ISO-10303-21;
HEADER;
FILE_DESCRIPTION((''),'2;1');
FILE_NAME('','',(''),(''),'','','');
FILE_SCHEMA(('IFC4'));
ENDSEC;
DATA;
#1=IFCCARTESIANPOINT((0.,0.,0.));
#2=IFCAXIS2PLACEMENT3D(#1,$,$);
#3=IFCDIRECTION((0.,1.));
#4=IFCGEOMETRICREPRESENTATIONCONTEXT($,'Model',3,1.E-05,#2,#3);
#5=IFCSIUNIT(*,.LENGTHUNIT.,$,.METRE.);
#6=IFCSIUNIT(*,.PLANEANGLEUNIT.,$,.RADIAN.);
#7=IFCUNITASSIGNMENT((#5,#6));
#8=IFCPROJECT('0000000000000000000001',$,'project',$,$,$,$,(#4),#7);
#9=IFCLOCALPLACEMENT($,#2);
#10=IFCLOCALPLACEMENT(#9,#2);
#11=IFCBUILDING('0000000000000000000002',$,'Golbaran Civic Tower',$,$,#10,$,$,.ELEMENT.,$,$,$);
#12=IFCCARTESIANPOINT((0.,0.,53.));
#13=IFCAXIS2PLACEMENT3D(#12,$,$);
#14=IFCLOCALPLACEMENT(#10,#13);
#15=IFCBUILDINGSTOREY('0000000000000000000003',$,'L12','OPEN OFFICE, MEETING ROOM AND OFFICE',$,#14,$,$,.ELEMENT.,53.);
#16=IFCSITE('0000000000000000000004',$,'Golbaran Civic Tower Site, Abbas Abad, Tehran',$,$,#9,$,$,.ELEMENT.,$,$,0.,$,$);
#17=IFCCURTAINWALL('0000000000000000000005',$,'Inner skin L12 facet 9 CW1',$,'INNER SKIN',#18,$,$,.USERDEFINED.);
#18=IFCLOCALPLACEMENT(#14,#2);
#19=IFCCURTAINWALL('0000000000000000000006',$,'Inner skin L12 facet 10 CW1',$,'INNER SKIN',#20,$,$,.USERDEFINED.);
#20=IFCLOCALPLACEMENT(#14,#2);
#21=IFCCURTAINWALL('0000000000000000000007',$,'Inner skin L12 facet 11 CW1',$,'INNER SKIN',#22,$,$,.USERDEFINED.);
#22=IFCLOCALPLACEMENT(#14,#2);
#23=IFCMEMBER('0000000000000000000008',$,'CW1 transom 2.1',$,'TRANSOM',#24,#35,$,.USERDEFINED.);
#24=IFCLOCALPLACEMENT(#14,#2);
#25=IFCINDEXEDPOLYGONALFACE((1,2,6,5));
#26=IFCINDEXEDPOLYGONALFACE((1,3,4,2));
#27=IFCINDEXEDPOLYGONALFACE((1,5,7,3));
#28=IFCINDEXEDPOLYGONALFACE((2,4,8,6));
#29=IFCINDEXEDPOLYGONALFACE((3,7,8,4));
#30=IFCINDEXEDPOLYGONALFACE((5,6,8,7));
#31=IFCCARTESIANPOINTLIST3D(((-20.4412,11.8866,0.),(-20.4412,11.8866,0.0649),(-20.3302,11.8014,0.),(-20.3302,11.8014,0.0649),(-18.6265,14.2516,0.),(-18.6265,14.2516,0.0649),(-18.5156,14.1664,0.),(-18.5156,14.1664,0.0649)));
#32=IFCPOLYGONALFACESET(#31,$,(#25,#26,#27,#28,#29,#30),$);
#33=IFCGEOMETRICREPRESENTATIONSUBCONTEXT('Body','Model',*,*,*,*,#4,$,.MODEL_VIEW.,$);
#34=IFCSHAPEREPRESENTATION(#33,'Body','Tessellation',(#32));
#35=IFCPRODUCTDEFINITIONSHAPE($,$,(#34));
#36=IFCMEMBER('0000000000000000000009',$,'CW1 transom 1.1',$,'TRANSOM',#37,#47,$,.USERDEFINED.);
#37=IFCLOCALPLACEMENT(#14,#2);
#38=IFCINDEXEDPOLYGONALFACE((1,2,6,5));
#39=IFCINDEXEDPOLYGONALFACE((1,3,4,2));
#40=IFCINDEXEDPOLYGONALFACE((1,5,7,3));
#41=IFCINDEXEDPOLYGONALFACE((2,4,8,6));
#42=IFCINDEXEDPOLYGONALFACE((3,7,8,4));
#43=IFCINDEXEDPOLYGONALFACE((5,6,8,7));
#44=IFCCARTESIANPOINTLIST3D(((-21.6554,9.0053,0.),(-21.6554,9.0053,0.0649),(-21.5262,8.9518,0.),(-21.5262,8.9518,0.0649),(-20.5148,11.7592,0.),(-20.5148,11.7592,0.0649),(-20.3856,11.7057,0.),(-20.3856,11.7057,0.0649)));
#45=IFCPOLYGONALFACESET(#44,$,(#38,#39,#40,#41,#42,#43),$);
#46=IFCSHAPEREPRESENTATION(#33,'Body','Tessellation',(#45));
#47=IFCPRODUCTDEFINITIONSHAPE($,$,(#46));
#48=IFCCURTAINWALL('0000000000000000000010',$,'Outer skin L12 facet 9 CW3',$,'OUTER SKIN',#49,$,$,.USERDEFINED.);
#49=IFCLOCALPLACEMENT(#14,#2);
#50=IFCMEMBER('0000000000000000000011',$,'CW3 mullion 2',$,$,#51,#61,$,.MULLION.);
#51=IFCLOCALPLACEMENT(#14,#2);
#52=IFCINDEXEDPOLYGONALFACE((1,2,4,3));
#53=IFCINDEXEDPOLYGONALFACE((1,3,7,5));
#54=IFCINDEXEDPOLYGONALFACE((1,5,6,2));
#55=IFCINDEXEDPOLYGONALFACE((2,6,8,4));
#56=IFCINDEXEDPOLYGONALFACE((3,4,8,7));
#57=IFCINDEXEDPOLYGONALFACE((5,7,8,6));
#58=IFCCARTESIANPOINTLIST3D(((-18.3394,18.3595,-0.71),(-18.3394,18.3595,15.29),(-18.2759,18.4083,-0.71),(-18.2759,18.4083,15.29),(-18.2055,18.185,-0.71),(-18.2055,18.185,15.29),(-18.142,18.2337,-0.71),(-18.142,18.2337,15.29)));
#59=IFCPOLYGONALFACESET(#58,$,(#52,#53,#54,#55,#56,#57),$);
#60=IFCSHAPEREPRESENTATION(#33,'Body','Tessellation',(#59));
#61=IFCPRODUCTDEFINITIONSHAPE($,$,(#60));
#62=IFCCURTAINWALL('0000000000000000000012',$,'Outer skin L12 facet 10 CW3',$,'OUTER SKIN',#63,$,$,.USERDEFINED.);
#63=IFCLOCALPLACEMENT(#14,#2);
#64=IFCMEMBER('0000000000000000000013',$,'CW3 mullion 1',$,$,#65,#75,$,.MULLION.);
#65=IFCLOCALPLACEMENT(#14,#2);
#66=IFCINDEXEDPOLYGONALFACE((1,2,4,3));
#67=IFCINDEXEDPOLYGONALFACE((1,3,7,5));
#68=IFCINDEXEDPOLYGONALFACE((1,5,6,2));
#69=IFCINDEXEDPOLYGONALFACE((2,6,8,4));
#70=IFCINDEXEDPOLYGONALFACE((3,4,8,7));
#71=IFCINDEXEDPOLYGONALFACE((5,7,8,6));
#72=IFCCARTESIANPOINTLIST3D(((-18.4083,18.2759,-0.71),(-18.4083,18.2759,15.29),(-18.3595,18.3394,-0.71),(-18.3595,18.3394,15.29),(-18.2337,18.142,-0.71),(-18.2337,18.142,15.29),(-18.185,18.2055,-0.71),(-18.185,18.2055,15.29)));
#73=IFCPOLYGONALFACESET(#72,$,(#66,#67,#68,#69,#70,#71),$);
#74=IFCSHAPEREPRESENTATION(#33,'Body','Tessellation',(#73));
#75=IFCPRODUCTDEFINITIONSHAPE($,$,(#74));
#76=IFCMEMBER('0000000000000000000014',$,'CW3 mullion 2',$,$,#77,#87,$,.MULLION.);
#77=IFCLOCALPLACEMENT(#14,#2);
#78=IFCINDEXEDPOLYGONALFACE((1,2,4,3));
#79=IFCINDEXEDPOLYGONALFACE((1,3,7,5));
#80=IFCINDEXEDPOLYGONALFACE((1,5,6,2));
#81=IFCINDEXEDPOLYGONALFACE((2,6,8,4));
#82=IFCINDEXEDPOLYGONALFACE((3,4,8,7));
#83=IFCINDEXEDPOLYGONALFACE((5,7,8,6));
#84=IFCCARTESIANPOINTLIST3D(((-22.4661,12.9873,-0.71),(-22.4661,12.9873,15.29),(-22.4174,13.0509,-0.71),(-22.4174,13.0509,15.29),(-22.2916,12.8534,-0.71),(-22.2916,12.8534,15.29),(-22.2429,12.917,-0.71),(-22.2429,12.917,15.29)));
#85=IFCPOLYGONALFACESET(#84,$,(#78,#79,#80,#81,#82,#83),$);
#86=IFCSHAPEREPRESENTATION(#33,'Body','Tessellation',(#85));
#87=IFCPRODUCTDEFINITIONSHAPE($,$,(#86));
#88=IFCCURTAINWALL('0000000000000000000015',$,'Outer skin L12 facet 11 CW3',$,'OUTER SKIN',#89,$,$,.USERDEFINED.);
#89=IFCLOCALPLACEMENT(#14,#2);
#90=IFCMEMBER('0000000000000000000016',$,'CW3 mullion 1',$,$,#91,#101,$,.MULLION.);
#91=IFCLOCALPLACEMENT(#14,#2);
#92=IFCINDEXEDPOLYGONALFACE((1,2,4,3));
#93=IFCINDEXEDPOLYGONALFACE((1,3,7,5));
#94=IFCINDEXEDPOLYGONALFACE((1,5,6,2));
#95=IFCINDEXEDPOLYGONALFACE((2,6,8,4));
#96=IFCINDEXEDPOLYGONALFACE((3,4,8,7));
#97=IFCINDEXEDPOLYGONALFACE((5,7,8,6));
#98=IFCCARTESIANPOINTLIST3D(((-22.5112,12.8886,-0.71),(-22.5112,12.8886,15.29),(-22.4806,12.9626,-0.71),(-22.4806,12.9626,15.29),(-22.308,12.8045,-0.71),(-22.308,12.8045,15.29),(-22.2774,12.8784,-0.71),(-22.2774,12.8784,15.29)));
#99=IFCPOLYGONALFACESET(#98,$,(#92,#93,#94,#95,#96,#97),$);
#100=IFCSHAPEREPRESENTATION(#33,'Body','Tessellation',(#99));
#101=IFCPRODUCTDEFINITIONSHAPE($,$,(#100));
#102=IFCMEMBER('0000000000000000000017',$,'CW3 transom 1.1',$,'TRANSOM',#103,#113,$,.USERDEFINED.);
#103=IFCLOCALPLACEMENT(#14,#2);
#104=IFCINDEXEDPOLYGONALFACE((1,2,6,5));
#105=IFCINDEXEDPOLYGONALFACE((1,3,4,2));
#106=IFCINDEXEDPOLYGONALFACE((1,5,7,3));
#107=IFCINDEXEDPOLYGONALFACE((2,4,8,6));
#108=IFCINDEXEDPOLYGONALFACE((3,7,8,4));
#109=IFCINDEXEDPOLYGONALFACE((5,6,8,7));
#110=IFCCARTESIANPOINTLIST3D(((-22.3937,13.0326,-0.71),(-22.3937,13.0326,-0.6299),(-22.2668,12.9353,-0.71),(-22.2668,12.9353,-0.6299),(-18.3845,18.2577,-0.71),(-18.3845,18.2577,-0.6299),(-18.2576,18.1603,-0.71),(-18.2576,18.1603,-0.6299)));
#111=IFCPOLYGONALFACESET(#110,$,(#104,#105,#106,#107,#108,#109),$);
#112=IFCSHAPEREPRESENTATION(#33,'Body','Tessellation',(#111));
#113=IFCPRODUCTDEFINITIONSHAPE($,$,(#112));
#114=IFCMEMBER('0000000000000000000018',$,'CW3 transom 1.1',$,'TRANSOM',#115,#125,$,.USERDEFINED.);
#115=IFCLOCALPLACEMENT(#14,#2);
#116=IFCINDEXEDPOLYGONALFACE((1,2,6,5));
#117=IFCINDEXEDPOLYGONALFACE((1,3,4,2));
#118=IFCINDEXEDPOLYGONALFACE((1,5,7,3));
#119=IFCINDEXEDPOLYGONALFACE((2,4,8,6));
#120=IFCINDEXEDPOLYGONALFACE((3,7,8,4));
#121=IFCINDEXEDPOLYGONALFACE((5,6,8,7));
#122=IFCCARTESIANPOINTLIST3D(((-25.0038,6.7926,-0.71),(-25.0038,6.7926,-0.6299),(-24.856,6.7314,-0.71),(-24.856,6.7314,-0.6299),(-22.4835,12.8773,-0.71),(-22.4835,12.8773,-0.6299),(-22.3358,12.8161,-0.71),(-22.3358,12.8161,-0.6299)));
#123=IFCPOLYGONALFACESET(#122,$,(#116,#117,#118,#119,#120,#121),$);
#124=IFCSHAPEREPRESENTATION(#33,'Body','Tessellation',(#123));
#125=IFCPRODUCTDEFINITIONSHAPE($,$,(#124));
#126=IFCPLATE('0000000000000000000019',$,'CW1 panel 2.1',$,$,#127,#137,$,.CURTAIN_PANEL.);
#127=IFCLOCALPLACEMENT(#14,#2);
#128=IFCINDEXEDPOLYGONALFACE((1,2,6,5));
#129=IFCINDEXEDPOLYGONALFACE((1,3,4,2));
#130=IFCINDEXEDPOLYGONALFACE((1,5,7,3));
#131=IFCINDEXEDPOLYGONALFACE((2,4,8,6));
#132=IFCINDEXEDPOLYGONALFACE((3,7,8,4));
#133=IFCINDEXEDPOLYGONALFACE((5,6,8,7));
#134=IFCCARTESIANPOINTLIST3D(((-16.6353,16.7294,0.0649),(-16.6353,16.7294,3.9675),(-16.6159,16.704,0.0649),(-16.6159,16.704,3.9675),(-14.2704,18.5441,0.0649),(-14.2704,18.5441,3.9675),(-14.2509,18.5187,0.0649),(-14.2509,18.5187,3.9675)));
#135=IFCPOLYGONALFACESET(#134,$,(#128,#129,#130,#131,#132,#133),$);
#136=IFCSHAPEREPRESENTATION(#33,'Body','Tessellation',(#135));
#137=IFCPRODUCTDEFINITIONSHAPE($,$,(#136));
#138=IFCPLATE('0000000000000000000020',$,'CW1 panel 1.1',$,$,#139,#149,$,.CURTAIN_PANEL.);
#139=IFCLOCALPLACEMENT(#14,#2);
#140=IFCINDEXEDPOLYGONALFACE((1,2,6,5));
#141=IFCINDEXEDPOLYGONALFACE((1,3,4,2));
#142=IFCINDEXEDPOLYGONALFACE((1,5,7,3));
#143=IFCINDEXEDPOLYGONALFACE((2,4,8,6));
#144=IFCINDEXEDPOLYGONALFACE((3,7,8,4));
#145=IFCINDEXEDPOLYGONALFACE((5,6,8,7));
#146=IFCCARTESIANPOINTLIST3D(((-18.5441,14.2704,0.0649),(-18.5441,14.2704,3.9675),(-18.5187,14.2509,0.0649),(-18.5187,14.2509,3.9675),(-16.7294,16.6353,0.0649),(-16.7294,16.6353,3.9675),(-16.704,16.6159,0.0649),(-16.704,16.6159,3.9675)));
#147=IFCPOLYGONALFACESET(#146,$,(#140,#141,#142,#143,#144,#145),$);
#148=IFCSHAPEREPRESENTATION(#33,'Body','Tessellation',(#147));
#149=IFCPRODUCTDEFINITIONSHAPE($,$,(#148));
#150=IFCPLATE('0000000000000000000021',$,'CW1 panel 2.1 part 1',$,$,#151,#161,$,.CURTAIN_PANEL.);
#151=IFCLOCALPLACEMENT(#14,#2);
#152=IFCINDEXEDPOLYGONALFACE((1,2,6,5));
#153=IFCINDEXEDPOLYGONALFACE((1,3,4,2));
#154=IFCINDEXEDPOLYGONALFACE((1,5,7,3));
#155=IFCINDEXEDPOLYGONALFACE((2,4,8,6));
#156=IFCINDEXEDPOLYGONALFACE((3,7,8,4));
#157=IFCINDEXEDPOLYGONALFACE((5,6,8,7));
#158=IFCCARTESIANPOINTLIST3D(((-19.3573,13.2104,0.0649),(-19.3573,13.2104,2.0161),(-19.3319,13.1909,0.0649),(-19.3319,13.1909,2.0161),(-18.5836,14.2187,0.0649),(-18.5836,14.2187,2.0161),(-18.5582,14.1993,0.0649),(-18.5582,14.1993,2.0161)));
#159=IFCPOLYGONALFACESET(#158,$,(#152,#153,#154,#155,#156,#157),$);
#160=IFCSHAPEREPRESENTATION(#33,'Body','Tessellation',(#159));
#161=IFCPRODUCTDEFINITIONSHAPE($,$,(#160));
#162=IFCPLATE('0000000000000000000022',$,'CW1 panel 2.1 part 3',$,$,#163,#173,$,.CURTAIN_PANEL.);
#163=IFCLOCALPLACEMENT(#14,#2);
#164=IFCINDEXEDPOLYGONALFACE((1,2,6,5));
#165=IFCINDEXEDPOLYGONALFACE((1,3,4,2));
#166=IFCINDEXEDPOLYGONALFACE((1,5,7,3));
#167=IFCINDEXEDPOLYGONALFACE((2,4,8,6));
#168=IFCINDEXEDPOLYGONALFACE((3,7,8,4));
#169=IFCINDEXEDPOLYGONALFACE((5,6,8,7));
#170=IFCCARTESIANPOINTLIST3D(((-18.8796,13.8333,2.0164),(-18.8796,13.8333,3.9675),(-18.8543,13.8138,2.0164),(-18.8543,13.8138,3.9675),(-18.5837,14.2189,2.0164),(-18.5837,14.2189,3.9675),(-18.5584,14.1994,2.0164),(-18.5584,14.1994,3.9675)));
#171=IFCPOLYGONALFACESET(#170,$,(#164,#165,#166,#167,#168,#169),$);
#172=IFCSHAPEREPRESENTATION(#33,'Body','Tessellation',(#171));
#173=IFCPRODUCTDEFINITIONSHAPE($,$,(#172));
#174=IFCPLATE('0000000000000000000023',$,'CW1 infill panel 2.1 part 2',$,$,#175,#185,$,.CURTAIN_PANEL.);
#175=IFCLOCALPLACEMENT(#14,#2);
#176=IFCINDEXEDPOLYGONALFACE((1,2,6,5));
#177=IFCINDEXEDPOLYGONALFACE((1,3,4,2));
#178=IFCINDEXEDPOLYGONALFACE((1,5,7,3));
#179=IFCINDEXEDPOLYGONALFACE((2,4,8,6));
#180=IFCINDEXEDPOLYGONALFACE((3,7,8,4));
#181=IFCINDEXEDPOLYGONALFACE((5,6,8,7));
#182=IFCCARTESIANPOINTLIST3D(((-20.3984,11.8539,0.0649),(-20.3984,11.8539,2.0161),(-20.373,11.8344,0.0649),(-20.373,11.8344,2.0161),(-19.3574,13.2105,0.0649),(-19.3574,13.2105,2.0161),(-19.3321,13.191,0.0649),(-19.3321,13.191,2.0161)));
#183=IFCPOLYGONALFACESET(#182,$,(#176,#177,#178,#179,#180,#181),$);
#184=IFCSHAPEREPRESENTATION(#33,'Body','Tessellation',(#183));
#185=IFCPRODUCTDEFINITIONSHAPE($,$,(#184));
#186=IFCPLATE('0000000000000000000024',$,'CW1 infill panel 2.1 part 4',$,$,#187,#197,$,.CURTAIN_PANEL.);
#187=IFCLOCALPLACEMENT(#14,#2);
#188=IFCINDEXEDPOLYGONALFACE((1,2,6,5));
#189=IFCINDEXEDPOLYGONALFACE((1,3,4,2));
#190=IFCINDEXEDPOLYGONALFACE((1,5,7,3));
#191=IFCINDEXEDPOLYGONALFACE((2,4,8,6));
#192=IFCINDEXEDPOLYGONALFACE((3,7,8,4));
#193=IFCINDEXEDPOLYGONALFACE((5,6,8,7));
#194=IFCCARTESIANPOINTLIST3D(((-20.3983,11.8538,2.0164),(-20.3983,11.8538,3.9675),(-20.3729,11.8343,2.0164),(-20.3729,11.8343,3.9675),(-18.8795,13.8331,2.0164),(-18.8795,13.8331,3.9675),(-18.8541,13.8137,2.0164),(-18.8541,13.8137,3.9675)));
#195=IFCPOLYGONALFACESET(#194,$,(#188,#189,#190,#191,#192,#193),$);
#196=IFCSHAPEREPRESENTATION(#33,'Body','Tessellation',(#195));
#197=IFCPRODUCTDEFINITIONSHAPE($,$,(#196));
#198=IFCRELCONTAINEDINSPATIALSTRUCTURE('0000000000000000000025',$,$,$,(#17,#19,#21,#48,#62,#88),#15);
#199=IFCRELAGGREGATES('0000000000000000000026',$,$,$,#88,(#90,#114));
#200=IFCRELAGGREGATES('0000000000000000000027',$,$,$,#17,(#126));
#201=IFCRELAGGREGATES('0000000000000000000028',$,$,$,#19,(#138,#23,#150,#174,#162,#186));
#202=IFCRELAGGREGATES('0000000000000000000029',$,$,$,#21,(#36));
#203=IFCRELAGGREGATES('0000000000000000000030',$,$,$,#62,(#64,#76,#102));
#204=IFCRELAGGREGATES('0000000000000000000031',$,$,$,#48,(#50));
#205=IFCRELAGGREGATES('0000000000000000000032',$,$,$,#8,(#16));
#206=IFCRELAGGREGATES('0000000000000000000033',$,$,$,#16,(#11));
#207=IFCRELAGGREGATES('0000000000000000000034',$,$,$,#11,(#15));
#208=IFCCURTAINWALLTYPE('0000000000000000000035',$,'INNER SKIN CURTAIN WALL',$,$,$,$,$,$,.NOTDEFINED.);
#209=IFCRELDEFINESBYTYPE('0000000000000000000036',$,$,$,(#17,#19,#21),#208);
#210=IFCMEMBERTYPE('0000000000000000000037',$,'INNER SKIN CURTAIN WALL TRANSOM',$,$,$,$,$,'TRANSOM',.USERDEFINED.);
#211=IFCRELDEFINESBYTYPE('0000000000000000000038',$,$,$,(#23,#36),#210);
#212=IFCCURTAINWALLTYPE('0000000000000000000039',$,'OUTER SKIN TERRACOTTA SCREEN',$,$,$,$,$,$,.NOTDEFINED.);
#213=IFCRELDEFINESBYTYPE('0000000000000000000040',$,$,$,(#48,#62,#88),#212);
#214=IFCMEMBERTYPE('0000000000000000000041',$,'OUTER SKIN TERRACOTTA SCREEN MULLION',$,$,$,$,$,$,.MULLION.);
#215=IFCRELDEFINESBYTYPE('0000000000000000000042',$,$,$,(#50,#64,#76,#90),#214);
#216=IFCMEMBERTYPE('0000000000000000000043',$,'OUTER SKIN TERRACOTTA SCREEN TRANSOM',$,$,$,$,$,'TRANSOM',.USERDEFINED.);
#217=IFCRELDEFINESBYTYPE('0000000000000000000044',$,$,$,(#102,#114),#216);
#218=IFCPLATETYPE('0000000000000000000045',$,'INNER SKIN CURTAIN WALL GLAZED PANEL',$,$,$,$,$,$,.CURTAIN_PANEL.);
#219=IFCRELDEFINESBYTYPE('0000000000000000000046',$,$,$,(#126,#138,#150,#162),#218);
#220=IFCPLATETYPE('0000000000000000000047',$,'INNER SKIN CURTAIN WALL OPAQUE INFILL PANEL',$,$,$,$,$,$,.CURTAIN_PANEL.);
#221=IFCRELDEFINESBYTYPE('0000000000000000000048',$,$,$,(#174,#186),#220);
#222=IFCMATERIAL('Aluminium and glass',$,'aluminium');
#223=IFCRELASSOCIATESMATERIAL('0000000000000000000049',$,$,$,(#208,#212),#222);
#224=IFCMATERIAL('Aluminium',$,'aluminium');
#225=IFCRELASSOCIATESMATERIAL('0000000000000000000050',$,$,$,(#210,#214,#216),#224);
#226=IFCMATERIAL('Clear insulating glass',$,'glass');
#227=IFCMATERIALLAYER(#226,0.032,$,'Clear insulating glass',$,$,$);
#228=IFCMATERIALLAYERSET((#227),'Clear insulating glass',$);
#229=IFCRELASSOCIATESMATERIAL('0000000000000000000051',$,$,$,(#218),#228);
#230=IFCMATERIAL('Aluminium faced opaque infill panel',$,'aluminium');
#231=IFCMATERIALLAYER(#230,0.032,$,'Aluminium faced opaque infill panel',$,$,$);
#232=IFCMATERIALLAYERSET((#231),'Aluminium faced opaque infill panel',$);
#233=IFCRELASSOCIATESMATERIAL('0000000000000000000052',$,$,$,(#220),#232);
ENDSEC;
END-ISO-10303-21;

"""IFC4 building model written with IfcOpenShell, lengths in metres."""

from ifc_helpers import new_model, si_unit, direction, frame, origin, origin_2d, place, context, subcontext, project, spatial, rectangle, extrude, material, layer, layer_set, material_profile, profile_set, type_object, element, aggregate, save


model = new_model("IFC4")

# Units and contexts
model_context = context("Model", 3, precision=1e-05, world=origin(), true_north=direction((0.0, 1.0)))
body_context = subcontext(model_context, "Body", "Model", "MODEL_VIEW")
ifc_project = project(units=[si_unit("LENGTHUNIT", "METRE"), si_unit("PLANEANGLEUNIT", "RADIAN")], contexts=[model_context])

# Site, building, storey
site_placement = place(None, origin())
site = spatial("IfcSite", under=ifc_project, at=site_placement, Name="Golbaran Civic Tower Site, Abbas Abad, Tehran", CompositionType="ELEMENT", RefElevation=0.0)
building_placement = place(site_placement, origin())
building = spatial("IfcBuilding", under=site, at=building_placement, Name="Golbaran Civic Tower", CompositionType="ELEMENT")
storey_placement = place(building_placement, frame((0.0, 0.0, 53.0)))
storey = spatial("IfcBuildingStorey", under=building, at=storey_placement, Name="L12", Description="OPEN OFFICE, MEETING ROOM AND OFFICE", CompositionType="ELEMENT", Elevation=53.0)

# Curtain wall
ifc_material_1 = material(Name="Aluminium and glass", Category="aluminium")
curtain_wall_type_1 = type_object("IfcCurtainWallType", Name="INNER SKIN CURTAIN WALL", PredefinedType="NOTDEFINED", material=ifc_material_1)
curtain_wall_1_placement = place(storey_placement, origin())
curtain_wall_1 = element("IfcCurtainWall", 1, at=curtain_wall_1_placement, inside=storey, type_object=curtain_wall_type_1, Name="Inner skin L12 facet 9 CW1", ObjectType="INNER SKIN", PredefinedType="USERDEFINED")
ifc_material_2 = material(Name="Aluminium", Category="aluminium")

# Curtain wall
curtain_wall_2_placement = place(storey_placement, origin())
curtain_wall_2 = element("IfcCurtainWall", 2, at=curtain_wall_2_placement, inside=storey, type_object=curtain_wall_type_1, Name="Inner skin L12 facet 10 CW1", ObjectType="INNER SKIN", PredefinedType="USERDEFINED")

# Curtain wall
curtain_wall_3_placement = place(storey_placement, origin())
curtain_wall_3 = element("IfcCurtainWall", 3, at=curtain_wall_3_placement, inside=storey, type_object=curtain_wall_type_1, Name="Inner skin L12 facet 11 CW1", ObjectType="INNER SKIN", PredefinedType="USERDEFINED")

# Members
ifc_material_profile_1 = material_profile(ifc_material_2, rectangle(XDim=0.1399, YDim=0.0649, at=origin_2d()), Name="INNER SKIN CURTAIN WALL TRANSOM")
ifc_profile_set_1 = profile_set([ifc_material_profile_1], Name="Aluminium")
member_type_1 = type_object("IfcMemberType", Name="INNER SKIN CURTAIN WALL TRANSOM", ElementType="TRANSOM", PredefinedType="USERDEFINED", material=ifc_profile_set_1)
member_1_placement = place(storey_placement, frame((-18.571, 14.209, 0.0325), z_axis=(-0.608756, -0.793357, 0.0), x_axis=(0.793357, -0.608756, 0.0)))
member_1 = element("IfcMember", 4, at=member_1_placement, type_object=member_type_1, Name="CW1 transom 2.1", ObjectType="TRANSOM", PredefinedType="USERDEFINED", context=body_context, shape_type="SweptSolid", body=[
    extrude(rectangle(XDim=0.1399, YDim=0.0649, at=origin_2d()), origin(), (0.0, 0.0, 1.0), 2.981),
])
member_2_placement = place(storey_placement, frame((-20.4502, 11.7324, 0.0325), z_axis=(-0.38266, -0.923889, 0.0), x_axis=(0.923889, -0.38266, 0.0)))
member_2 = element("IfcMember", 5, at=member_2_placement, type_object=member_type_1, Name="CW1 transom 1.1", ObjectType="TRANSOM", PredefinedType="USERDEFINED", context=body_context, shape_type="SweptSolid", body=[
    extrude(rectangle(XDim=0.1399, YDim=0.0649, at=origin_2d()), origin(), (0.0, 0.0, 1.0), 2.9807),
])

# Curtain wall, member
curtain_wall_type_2 = type_object("IfcCurtainWallType", Name="OUTER SKIN TERRACOTTA SCREEN", PredefinedType="NOTDEFINED", material=ifc_material_1)
curtain_wall_4_placement = place(storey_placement, origin())
curtain_wall_4 = element("IfcCurtainWall", 6, at=curtain_wall_4_placement, inside=storey, type_object=curtain_wall_type_2, Name="Outer skin L12 facet 9 CW3", ObjectType="OUTER SKIN", PredefinedType="USERDEFINED")
ifc_material_profile_2 = material_profile(ifc_material_2, rectangle(XDim=0.22, YDim=0.0801, at=origin_2d()), Name="OUTER SKIN TERRACOTTA SCREEN MULLION")
ifc_profile_set_2 = profile_set([ifc_material_profile_2], Name="Aluminium")
member_type_2 = type_object("IfcMemberType", Name="OUTER SKIN TERRACOTTA SCREEN MULLION", PredefinedType="MULLION", material=ifc_profile_set_2)
member_3_placement = place(storey_placement, frame((-18.2407, 18.2966, -0.71), z_axis=(0.0, 0.0, 1.0), x_axis=(0.608761, -0.793353, 0.0)))
member_3 = element("IfcMember", 7, at=member_3_placement, type_object=member_type_2, Name="CW3 mullion 2", PredefinedType="MULLION", context=body_context, shape_type="SweptSolid", body=[
    extrude(rectangle(XDim=0.22, YDim=0.0801, at=origin_2d()), origin(), (0.0, 0.0, 1.0), 16.0),
])

# Curtain wall, members
curtain_wall_5_placement = place(storey_placement, origin())
curtain_wall_5 = element("IfcCurtainWall", 8, at=curtain_wall_5_placement, inside=storey, type_object=curtain_wall_type_2, Name="Outer skin L12 facet 10 CW3", ObjectType="OUTER SKIN", PredefinedType="USERDEFINED")
member_4_placement = place(storey_placement, frame((-18.2966, 18.2407, -0.71), z_axis=(0.0, 0.0, 1.0), x_axis=(0.793353, -0.608761, 0.0)))
member_4 = element("IfcMember", 9, at=member_4_placement, type_object=member_type_2, Name="CW3 mullion 1", PredefinedType="MULLION", context=body_context, shape_type="SweptSolid", body=[
    extrude(rectangle(XDim=0.22, YDim=0.0801, at=origin_2d()), origin(), (0.0, 0.0, 1.0), 16.0),
])
member_5_placement = place(storey_placement, frame((-22.3545, 12.9521, -0.71), z_axis=(0.0, 0.0, 1.0), x_axis=(0.793353, -0.608761, 0.0)))
member_5 = element("IfcMember", 10, at=member_5_placement, type_object=member_type_2, Name="CW3 mullion 2", PredefinedType="MULLION", context=body_context, shape_type="SweptSolid", body=[
    extrude(rectangle(XDim=0.22, YDim=0.0801, at=origin_2d()), origin(), (0.0, 0.0, 1.0), 16.0),
])

# Curtain wall, member
curtain_wall_6_placement = place(storey_placement, origin())
curtain_wall_6 = element("IfcCurtainWall", 11, at=curtain_wall_6_placement, inside=storey, type_object=curtain_wall_type_2, Name="Outer skin L12 facet 11 CW3", ObjectType="OUTER SKIN", PredefinedType="USERDEFINED")
member_6_placement = place(storey_placement, frame((-22.3943, 12.8835, -0.71), z_axis=(0.0, 0.0, 1.0), x_axis=(0.92388, -0.382683, 0.0)))
member_6 = element("IfcMember", 12, at=member_6_placement, type_object=member_type_2, Name="CW3 mullion 1", PredefinedType="MULLION", context=body_context, shape_type="SweptSolid", body=[
    extrude(rectangle(XDim=0.22, YDim=0.0801, at=origin_2d()), origin(), (0.0, 0.0, 1.0), 16.0),
])

# Members
ifc_material_profile_3 = material_profile(ifc_material_2, rectangle(XDim=0.1599, YDim=0.0801, at=origin_2d()), Name="OUTER SKIN TERRACOTTA SCREEN TRANSOM")
ifc_profile_set_3 = profile_set([ifc_material_profile_3], Name="Aluminium")
member_type_3 = type_object("IfcMemberType", Name="OUTER SKIN TERRACOTTA SCREEN TRANSOM", ElementType="TRANSOM", PredefinedType="USERDEFINED", material=ifc_profile_set_3)
member_7_placement = place(storey_placement, frame((-18.321, 18.209, -0.6699), z_axis=(-0.608754, -0.793359, 0.0), x_axis=(0.793359, -0.608754, 0.0)))
member_7 = element("IfcMember", 13, at=member_7_placement, type_object=member_type_3, Name="CW3 transom 1.1", ObjectType="TRANSOM", PredefinedType="USERDEFINED", context=body_context, shape_type="SweptSolid", body=[
    extrude(rectangle(XDim=0.1599, YDim=0.0801, at=origin_2d()), origin(), (0.0, 0.0, 1.0), 6.5859),
])
member_8_placement = place(storey_placement, frame((-22.4097, 12.8467, -0.6699), z_axis=(-0.382669, -0.923885, 0.0), x_axis=(0.923885, -0.382669, 0.0)))
member_8 = element("IfcMember", 14, at=member_8_placement, type_object=member_type_3, Name="CW3 transom 1.1", ObjectType="TRANSOM", PredefinedType="USERDEFINED", context=body_context, shape_type="SweptSolid", body=[
    extrude(rectangle(XDim=0.1599, YDim=0.0801, at=origin_2d()), origin(), (0.0, 0.0, 1.0), 6.5859),
])
aggregate(curtain_wall_6, [member_6, member_8])

# Plates
ifc_material_3 = material(Name="Clear insulating glass", Category="glass")
ifc_layer_1 = layer(ifc_material_3, 0.032, Name="Clear insulating glass")
ifc_layer_set_1 = layer_set([ifc_layer_1], Name="Clear insulating glass")
plate_type_1 = type_object("IfcPlateType", Name="INNER SKIN CURTAIN WALL GLAZED PANEL", PredefinedType="CURTAIN_PANEL", material=ifc_layer_set_1)
plate_1_placement = place(storey_placement, frame((-15.4431, 17.624, 0.0649), z_axis=(0.0, 0.0, 1.0), x_axis=(-0.793353, -0.608761, 0.0)))
plate_1 = element("IfcPlate", 15, at=plate_1_placement, type_object=plate_type_1, Name="CW1 panel 2.1", PredefinedType="CURTAIN_PANEL", context=body_context, shape_type="SweptSolid", body=[
    extrude(rectangle(XDim=2.981, YDim=0.032, at=origin_2d()), origin(), (0.0, 0.0, 1.0), 3.9026),
])
aggregate(curtain_wall_1, [plate_1])
plate_2_placement = place(storey_placement, frame((-17.624, 15.4431, 0.0649), z_axis=(0.0, 0.0, 1.0), x_axis=(-0.608761, -0.793353, 0.0)))
plate_2 = element("IfcPlate", 16, at=plate_2_placement, type_object=plate_type_1, Name="CW1 panel 1.1", PredefinedType="CURTAIN_PANEL", context=body_context, shape_type="SweptSolid", body=[
    extrude(rectangle(XDim=2.981, YDim=0.032, at=origin_2d()), origin(), (0.0, 0.0, 1.0), 3.9026),
])
plate_3_placement = place(storey_placement, frame((-18.9578, 13.7048, 0.0649), z_axis=(0.0, 0.0, 1.0), x_axis=(-0.608761, -0.793353, 0.0)))
plate_3 = element("IfcPlate", 17, at=plate_3_placement, type_object=plate_type_1, Name="CW1 panel 2.1 part 1", PredefinedType="CURTAIN_PANEL", context=body_context, shape_type="SweptSolid", body=[
    extrude(rectangle(XDim=1.271, YDim=0.032, at=origin_2d()), origin(), (0.0, 0.0, 1.0), 1.9512),
])
plate_4_placement = place(storey_placement, frame((-18.719, 14.0164, 2.0164), z_axis=(0.0, 0.0, 1.0), x_axis=(-0.608761, -0.793353, 0.0)))
plate_4 = element("IfcPlate", 18, at=plate_4_placement, type_object=plate_type_1, Name="CW1 panel 2.1 part 3", PredefinedType="CURTAIN_PANEL", context=body_context, shape_type="SweptSolid", body=[
    extrude(rectangle(XDim=0.4861, YDim=0.032, at=origin_2d()), origin(), (0.0, 0.0, 1.0), 1.9512),
])
ifc_material_4 = material(Name="Aluminium faced opaque infill panel", Category="aluminium")
ifc_layer_2 = layer(ifc_material_4, 0.032, Name="Aluminium faced opaque infill panel")
ifc_layer_set_2 = layer_set([ifc_layer_2], Name="Aluminium faced opaque infill panel")
plate_type_2 = type_object("IfcPlateType", Name="INNER SKIN CURTAIN WALL OPAQUE INFILL PANEL", PredefinedType="CURTAIN_PANEL", material=ifc_layer_set_2)
plate_5_placement = place(storey_placement, frame((-19.8652, 12.5225, 0.0649), z_axis=(0.0, 0.0, 1.0), x_axis=(-0.608761, -0.793353, 0.0)))
plate_5 = element("IfcPlate", 19, at=plate_5_placement, type_object=plate_type_2, Name="CW1 infill panel 2.1 part 2", PredefinedType="CURTAIN_PANEL", context=body_context, shape_type="SweptSolid", body=[
    extrude(rectangle(XDim=1.71, YDim=0.032, at=origin_2d()), origin(), (0.0, 0.0, 1.0), 1.9512),
])
plate_6_placement = place(storey_placement, frame((-19.6262, 12.8337, 2.0164), z_axis=(0.0, 0.0, 1.0), x_axis=(-0.608761, -0.793353, 0.0)))
plate_6 = element("IfcPlate", 20, at=plate_6_placement, type_object=plate_type_2, Name="CW1 infill panel 2.1 part 4", PredefinedType="CURTAIN_PANEL", context=body_context, shape_type="SweptSolid", body=[
    extrude(rectangle(XDim=2.4949, YDim=0.032, at=origin_2d()), origin(), (0.0, 0.0, 1.0), 1.9512),
])
aggregate(curtain_wall_2, [plate_2, member_1, plate_3, plate_5, plate_4, plate_6])
aggregate(curtain_wall_3, [member_2])
aggregate(curtain_wall_5, [member_4, member_5, member_7])
aggregate(curtain_wall_4, [member_3])

save(model, "model.ifc")
